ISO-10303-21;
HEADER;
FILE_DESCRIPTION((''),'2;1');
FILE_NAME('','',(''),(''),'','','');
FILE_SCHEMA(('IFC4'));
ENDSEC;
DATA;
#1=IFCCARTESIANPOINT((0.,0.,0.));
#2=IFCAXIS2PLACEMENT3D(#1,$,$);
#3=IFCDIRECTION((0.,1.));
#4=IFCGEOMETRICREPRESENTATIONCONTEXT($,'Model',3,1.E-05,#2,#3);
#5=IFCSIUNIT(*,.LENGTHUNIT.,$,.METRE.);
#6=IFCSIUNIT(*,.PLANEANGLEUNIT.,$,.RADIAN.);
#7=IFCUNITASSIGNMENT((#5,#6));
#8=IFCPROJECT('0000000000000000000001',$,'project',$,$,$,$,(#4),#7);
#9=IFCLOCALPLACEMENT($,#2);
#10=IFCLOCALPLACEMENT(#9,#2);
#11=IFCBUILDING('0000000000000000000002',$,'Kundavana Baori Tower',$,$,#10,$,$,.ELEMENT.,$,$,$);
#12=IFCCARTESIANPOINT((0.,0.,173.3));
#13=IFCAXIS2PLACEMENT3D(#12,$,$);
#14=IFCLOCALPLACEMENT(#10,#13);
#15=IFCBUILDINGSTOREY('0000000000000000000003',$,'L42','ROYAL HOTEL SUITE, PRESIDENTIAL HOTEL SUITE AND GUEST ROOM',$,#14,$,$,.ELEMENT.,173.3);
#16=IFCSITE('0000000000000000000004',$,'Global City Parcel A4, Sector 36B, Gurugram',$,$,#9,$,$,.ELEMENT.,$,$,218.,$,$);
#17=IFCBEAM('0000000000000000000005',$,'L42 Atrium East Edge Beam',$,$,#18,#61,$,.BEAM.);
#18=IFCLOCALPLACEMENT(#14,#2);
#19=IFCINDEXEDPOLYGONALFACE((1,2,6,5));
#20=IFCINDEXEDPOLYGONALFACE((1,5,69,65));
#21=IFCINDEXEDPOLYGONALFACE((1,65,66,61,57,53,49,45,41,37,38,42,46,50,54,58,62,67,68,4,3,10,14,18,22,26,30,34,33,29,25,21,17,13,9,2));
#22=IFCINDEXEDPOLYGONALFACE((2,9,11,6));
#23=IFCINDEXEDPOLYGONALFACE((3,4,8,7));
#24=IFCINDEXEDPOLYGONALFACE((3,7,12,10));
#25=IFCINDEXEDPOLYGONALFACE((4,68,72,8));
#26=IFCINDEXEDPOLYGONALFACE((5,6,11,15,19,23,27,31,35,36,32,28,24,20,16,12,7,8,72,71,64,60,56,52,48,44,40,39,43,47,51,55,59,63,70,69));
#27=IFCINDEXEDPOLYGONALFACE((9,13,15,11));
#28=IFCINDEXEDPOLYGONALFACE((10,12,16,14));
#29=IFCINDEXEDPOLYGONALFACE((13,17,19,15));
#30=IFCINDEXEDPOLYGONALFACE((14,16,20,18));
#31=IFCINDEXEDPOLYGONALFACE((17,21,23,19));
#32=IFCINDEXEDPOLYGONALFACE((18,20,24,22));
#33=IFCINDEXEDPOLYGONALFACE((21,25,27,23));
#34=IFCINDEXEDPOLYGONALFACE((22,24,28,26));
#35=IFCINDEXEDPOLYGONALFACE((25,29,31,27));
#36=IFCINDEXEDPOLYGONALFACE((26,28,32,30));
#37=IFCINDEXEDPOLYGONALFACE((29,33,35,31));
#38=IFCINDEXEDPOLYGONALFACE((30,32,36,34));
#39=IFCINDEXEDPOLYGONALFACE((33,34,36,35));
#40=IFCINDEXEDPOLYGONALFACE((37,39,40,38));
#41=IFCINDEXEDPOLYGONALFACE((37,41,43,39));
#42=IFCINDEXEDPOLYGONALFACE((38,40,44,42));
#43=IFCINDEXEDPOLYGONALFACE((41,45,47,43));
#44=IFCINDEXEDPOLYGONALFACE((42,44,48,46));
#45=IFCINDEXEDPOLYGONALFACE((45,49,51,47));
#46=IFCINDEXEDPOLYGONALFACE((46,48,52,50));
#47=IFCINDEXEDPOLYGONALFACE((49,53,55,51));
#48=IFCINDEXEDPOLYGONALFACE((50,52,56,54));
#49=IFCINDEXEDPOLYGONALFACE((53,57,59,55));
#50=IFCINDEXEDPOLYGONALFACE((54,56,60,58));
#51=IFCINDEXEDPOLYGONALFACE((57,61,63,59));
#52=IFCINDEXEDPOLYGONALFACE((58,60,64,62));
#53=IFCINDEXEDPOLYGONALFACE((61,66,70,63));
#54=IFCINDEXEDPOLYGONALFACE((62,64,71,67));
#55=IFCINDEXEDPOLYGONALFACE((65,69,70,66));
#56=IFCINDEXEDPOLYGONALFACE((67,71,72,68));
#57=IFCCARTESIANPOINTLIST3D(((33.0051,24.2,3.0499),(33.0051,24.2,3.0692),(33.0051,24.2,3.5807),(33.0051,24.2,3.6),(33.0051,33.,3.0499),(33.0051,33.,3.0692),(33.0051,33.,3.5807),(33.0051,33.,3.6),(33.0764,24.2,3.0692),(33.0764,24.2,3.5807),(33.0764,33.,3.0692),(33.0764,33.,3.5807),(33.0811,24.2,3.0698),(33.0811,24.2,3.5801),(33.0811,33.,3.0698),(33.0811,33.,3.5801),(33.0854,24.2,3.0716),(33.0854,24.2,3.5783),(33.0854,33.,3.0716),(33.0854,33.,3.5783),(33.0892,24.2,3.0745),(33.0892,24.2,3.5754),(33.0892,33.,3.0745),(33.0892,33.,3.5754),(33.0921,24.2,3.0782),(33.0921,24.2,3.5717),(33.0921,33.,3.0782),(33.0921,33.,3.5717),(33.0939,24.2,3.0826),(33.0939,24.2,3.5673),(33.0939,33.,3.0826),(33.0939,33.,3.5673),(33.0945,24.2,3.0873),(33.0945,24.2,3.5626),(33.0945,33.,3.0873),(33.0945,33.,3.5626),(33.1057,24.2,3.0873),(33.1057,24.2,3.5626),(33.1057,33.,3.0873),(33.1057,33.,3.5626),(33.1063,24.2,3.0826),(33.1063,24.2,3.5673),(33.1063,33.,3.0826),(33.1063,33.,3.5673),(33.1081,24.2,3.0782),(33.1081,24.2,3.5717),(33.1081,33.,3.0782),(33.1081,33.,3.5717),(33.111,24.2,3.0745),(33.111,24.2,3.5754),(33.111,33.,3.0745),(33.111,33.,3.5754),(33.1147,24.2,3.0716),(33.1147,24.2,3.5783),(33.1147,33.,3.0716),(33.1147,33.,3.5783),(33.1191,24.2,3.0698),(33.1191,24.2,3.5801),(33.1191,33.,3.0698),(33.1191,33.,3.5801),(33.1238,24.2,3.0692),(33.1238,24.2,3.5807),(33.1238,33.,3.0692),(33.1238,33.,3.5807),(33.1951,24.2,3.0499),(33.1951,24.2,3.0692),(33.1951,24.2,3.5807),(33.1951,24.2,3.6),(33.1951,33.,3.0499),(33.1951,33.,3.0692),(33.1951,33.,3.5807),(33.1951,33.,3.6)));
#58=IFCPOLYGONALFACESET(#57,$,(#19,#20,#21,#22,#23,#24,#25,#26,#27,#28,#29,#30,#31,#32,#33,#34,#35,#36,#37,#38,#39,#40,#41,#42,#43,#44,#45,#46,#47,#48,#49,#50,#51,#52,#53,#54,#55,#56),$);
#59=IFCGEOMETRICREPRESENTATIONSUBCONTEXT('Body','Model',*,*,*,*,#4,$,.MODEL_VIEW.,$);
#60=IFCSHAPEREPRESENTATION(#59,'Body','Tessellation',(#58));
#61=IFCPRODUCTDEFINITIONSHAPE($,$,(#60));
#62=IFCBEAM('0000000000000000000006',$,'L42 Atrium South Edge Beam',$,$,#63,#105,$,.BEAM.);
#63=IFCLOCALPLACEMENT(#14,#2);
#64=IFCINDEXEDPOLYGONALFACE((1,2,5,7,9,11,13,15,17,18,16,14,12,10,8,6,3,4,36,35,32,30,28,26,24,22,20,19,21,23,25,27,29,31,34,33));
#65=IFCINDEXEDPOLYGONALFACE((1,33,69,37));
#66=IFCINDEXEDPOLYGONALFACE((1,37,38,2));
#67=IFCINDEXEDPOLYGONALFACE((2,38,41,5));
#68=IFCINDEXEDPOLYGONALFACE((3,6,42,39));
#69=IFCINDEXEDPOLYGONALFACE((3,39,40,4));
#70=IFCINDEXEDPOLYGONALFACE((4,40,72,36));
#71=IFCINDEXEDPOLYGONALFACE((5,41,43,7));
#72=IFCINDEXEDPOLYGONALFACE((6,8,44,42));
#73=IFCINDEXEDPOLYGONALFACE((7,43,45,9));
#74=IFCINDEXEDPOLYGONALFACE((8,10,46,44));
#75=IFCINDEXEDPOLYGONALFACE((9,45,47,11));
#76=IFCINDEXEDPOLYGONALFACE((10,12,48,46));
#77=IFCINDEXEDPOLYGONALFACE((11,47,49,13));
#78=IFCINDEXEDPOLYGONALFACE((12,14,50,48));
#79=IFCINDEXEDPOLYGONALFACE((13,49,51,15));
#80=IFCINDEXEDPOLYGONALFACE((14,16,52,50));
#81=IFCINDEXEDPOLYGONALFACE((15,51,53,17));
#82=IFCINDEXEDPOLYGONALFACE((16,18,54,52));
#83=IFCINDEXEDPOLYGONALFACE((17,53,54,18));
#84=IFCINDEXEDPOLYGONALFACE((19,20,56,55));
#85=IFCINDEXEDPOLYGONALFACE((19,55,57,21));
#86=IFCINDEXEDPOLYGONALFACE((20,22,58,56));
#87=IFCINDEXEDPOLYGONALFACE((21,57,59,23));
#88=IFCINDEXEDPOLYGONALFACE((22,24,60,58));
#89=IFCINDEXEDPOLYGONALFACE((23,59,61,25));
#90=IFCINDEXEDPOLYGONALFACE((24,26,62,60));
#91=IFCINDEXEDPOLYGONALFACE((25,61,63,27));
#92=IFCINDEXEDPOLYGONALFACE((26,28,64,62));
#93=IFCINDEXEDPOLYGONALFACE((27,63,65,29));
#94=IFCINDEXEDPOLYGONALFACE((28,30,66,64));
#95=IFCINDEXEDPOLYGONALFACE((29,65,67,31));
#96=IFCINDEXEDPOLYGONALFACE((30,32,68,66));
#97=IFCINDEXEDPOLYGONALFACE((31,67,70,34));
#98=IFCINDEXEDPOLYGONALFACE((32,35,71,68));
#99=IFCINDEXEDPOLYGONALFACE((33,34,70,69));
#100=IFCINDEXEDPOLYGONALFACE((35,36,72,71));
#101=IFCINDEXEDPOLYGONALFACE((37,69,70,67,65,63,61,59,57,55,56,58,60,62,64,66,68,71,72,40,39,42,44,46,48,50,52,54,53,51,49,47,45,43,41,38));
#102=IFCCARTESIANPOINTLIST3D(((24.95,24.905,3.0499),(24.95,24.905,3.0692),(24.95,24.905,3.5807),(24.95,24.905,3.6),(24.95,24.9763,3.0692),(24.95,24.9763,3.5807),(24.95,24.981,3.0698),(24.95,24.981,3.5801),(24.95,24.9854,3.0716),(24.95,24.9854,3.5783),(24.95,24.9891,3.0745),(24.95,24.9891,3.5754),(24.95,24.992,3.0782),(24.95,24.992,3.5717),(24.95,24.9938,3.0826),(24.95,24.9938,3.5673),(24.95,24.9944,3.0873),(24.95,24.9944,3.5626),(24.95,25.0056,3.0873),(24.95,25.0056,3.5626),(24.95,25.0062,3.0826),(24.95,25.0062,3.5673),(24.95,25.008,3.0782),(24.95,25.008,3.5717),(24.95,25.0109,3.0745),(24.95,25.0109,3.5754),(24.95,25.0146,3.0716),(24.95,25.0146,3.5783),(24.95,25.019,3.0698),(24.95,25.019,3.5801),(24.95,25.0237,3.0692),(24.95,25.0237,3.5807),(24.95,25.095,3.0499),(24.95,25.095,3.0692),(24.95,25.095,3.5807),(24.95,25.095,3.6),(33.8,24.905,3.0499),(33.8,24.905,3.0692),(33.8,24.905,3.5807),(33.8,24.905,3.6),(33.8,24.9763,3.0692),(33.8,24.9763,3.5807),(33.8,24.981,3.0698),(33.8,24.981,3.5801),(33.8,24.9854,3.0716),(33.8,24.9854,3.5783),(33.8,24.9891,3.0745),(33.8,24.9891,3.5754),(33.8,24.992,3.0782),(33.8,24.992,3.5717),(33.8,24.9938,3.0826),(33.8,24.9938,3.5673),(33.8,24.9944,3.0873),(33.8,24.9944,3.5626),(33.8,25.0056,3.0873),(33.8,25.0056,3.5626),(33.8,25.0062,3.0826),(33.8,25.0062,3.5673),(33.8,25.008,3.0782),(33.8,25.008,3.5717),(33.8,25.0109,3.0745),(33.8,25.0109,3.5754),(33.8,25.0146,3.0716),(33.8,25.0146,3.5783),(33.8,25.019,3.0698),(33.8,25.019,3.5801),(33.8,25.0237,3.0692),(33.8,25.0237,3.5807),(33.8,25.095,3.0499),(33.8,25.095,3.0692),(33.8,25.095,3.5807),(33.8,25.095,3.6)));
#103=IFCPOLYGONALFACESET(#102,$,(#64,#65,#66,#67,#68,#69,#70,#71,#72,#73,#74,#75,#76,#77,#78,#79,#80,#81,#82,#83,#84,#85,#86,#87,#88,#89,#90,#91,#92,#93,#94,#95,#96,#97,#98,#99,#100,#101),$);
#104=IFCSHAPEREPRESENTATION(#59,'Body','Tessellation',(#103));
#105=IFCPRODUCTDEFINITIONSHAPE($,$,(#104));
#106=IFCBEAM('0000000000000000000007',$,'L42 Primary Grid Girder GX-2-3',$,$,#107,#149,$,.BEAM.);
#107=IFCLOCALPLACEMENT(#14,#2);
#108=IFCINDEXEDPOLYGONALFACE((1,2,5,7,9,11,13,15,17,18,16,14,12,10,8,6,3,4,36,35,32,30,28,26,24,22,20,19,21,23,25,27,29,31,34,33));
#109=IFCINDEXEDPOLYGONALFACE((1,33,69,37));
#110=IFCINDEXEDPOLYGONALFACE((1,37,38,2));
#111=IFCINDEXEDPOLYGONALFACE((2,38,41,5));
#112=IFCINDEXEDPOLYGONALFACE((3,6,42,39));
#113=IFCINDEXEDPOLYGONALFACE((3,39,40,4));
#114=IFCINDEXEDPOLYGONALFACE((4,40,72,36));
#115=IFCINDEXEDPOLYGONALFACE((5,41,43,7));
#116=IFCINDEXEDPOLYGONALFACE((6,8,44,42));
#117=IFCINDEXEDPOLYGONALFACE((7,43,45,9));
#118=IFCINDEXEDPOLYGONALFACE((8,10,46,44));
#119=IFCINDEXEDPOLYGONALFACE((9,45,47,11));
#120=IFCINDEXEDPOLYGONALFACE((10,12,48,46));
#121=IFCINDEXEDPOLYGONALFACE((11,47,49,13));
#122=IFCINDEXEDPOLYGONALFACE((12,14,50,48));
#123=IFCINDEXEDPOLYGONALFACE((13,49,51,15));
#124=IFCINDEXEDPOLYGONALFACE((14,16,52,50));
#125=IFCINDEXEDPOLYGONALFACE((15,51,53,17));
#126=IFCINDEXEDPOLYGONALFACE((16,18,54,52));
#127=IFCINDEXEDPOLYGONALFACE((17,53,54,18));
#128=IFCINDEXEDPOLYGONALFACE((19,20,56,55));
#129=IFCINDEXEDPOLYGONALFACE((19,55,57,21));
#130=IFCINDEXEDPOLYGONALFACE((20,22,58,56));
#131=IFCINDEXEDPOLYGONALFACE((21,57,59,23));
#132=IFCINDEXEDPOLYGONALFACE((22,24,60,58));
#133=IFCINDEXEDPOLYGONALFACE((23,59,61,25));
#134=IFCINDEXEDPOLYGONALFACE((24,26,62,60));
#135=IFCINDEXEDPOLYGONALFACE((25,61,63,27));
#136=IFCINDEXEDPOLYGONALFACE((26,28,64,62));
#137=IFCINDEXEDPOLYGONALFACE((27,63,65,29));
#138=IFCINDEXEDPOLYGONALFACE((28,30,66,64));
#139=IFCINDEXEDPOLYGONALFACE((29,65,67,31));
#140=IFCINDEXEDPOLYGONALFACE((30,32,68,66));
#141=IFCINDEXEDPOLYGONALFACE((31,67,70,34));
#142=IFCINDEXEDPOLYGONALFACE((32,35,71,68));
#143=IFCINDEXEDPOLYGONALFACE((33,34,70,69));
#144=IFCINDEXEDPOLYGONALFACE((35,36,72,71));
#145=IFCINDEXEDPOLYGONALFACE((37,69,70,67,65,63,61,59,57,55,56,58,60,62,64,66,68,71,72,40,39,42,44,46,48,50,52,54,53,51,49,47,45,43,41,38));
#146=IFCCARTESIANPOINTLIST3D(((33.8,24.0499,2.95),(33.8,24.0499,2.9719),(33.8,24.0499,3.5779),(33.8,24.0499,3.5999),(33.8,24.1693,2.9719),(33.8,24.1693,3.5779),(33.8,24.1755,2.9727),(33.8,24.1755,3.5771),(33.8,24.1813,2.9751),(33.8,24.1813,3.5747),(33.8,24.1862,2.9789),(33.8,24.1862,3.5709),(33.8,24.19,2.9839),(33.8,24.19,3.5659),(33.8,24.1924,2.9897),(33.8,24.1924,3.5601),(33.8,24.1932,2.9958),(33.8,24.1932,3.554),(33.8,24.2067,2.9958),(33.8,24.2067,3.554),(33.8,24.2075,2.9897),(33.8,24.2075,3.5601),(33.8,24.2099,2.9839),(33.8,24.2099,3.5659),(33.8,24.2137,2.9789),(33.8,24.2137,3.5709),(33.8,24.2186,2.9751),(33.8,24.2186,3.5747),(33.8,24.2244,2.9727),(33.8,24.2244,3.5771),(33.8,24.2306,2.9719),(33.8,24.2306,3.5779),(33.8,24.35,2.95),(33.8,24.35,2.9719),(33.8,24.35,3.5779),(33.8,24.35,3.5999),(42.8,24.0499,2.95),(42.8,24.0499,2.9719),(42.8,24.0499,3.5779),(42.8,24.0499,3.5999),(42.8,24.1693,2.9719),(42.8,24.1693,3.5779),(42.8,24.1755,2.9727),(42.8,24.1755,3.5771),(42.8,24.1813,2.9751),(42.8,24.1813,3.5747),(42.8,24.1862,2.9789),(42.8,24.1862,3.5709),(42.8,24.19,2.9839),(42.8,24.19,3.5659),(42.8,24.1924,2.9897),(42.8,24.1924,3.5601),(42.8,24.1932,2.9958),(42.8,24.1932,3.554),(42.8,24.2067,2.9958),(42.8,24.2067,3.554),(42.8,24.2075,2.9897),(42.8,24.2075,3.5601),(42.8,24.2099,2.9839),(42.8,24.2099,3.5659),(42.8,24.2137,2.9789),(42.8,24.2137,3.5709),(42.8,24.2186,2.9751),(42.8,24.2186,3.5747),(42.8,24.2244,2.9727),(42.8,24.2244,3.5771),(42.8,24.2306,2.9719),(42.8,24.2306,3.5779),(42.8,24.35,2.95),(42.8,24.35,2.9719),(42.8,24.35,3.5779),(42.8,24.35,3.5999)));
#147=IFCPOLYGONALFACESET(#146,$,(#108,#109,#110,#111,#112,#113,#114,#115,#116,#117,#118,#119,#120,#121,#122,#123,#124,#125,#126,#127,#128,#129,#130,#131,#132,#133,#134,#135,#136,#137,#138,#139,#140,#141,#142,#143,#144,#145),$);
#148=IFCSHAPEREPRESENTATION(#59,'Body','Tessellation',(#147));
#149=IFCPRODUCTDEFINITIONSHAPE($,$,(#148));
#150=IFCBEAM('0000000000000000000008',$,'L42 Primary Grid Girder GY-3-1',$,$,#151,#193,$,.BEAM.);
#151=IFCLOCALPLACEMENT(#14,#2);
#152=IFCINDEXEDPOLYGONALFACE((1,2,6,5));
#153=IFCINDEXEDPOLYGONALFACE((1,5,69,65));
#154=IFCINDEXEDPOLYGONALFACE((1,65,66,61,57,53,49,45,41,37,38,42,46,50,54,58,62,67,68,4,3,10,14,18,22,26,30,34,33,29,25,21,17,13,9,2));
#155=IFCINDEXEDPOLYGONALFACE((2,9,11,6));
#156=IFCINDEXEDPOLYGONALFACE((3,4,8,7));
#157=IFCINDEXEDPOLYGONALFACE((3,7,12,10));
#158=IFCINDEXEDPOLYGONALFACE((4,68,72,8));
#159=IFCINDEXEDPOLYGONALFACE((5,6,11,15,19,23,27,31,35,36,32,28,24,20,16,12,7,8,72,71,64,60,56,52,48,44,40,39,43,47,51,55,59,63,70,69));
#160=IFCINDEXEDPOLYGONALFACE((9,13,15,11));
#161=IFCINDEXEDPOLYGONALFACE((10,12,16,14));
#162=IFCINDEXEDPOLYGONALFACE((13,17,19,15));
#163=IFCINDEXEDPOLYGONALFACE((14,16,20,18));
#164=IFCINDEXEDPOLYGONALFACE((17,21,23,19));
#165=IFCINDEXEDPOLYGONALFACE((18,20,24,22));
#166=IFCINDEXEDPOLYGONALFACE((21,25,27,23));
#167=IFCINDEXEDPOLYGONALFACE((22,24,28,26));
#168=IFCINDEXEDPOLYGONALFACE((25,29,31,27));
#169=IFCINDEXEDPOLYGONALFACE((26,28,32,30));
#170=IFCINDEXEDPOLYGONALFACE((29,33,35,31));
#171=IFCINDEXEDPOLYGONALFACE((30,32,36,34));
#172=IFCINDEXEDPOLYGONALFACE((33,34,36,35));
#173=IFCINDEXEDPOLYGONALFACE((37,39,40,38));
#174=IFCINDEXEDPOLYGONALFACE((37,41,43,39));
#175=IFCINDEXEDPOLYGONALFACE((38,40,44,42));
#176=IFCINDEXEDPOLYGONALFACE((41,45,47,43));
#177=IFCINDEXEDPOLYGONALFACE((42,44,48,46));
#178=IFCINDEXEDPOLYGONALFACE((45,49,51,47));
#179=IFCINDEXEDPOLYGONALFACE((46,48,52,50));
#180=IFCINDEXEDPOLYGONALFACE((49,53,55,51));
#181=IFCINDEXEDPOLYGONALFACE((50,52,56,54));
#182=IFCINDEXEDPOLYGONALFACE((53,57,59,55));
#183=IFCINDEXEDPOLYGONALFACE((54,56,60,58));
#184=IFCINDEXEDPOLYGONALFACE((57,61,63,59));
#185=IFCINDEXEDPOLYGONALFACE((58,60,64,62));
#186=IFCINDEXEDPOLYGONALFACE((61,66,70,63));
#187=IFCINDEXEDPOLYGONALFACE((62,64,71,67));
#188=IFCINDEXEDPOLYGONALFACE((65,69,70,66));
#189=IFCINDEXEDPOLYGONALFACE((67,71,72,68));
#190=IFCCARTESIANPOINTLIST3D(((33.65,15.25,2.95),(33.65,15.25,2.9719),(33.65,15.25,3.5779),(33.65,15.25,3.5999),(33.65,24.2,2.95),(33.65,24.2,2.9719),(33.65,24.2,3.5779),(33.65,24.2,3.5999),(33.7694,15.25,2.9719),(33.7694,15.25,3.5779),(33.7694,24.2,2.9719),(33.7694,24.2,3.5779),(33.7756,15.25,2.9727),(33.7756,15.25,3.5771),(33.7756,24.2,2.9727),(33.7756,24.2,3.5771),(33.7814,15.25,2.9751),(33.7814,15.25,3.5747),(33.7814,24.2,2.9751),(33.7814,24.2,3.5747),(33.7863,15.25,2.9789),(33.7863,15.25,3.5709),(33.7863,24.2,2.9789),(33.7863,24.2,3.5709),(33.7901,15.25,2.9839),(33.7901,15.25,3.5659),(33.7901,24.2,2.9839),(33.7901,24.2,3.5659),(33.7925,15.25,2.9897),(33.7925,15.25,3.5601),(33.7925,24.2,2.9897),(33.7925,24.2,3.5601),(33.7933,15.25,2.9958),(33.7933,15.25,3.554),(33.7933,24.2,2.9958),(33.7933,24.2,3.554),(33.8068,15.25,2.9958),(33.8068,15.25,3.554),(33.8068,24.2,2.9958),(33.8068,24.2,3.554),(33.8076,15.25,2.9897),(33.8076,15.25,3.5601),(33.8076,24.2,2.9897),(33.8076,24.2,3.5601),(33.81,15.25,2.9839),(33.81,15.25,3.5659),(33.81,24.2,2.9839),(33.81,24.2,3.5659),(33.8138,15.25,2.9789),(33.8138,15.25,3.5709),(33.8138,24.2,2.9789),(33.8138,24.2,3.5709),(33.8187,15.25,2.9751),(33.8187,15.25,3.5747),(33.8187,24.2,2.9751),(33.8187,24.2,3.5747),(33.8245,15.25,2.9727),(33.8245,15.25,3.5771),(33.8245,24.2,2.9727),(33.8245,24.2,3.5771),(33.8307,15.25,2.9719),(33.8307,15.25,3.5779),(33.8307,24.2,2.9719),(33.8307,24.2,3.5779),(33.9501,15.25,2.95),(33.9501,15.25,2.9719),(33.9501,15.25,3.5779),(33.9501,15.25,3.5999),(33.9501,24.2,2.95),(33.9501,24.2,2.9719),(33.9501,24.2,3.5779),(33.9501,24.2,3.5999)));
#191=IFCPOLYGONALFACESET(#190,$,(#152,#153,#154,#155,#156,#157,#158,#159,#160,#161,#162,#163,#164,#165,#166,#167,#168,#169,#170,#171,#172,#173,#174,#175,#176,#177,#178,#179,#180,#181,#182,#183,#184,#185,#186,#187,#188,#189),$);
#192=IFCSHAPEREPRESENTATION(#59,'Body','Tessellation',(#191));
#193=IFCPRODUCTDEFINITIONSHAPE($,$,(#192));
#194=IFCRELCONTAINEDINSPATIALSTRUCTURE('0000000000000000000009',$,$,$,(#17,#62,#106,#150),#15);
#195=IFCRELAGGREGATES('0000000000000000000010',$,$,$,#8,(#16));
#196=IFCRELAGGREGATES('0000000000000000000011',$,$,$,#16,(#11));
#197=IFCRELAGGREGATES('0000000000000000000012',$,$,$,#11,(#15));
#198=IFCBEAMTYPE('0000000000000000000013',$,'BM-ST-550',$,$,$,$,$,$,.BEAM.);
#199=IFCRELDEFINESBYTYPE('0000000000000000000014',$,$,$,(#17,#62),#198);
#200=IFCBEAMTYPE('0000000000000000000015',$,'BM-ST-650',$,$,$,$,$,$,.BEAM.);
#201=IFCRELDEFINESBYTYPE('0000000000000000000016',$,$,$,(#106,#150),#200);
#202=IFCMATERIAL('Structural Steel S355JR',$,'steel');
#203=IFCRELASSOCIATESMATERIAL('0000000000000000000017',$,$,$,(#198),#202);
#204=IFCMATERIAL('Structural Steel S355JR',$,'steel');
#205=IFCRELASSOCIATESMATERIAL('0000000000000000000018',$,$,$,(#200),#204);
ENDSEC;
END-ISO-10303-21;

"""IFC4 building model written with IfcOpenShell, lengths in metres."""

from ifc_helpers import new_model, si_unit, direction, frame, origin, origin_2d, place, context, subcontext, project, spatial, i_section, extrude, material, material_profile, profile_set, type_object, element, save


model = new_model("IFC4")

# Units and contexts
model_context = context("Model", 3, precision=1e-05, world=origin(), true_north=direction((0.0, 1.0)))
body_context = subcontext(model_context, "Body", "Model", "MODEL_VIEW")
ifc_project = project(units=[si_unit("LENGTHUNIT", "METRE"), si_unit("PLANEANGLEUNIT", "RADIAN")], contexts=[model_context])

# Site, building, storey
site_placement = place(None, origin())
site = spatial("IfcSite", under=ifc_project, at=site_placement, Name="Global City Parcel A4, Sector 36B, Gurugram", CompositionType="ELEMENT", RefElevation=218.0)
building_placement = place(site_placement, origin())
building = spatial("IfcBuilding", under=site, at=building_placement, Name="Kundavana Baori Tower", CompositionType="ELEMENT")
storey_placement = place(building_placement, frame((0.0, 0.0, 173.3)))
storey = spatial("IfcBuildingStorey", under=building, at=storey_placement, Name="L42", Description="ROYAL HOTEL SUITE, PRESIDENTIAL HOTEL SUITE AND GUEST ROOM", CompositionType="ELEMENT", Elevation=173.3)

# Beams
ifc_material_1 = material(Name="Structural Steel S355JR", Category="steel")
ifc_material_profile_1 = material_profile(ifc_material_1, i_section(OverallWidth=0.1899, OverallDepth=0.55, WebThickness=0.0112, FlangeThickness=0.0193, FilletRadius=0.0181, at=origin_2d()), Name="ISMB 550")
ifc_profile_set_1 = profile_set([ifc_material_profile_1], Name="Structural Steel S355JR")
beam_type_1 = type_object("IfcBeamType", Name="BM-ST-550", PredefinedType="BEAM", material=ifc_profile_set_1)
for number, where, z_axis, x_axis, name in (
    (1, (33.1001, 24.2, 3.325), (0.0, 1.0, 0.0), (-1.0, 0.0, 0.0), "L42 Atrium East Edge Beam"),
):
    element("IfcBeam", number, at=place(storey_placement, frame(where, z_axis=z_axis, x_axis=x_axis)), inside=storey, type_object=beam_type_1, Name=name, PredefinedType="BEAM", context=body_context, shape_type="SweptSolid", body=[
        extrude(i_section(OverallWidth=0.1899, OverallDepth=0.55, WebThickness=0.0112, FlangeThickness=0.0193, FilletRadius=0.0181, at=origin_2d()), origin(), (0.0, 0.0, 1.0), 8.8),
    ])
beam_1_placement = place(storey_placement, frame((24.95, 25.0, 3.325), z_axis=(1.0, 0.0, 0.0), x_axis=(0.0, 1.0, 0.0)))
element("IfcBeam", 2, at=beam_1_placement, inside=storey, type_object=beam_type_1, Name="L42 Atrium South Edge Beam", PredefinedType="BEAM", context=body_context, shape_type="SweptSolid", body=[
    extrude(i_section(OverallWidth=0.1899, OverallDepth=0.55, WebThickness=0.0112, FlangeThickness=0.0193, FilletRadius=0.0181, at=origin_2d()), origin(), (0.0, 0.0, 1.0), 8.8501),
])
ifc_material_2 = material(Name="Structural Steel S355JR", Category="steel")
ifc_material_profile_2 = material_profile(ifc_material_2, i_section(OverallWidth=0.3, OverallDepth=0.6499, WebThickness=0.0134, FlangeThickness=0.022, FilletRadius=0.0239, at=origin_2d()), Name="NPB 650x300x155")
ifc_profile_set_2 = profile_set([ifc_material_profile_2], Name="Structural Steel S355JR")
beam_type_2 = type_object("IfcBeamType", Name="BM-ST-650", PredefinedType="BEAM", material=ifc_profile_set_2)
beam_2_placement = place(storey_placement, frame((33.8, 24.2, 3.2749), z_axis=(1.0, 0.0, 0.0), x_axis=(0.0, 1.0, 0.0)))
element("IfcBeam", 3, at=beam_2_placement, inside=storey, type_object=beam_type_2, Name="L42 Primary Grid Girder GX-2-3", PredefinedType="BEAM", context=body_context, shape_type="SweptSolid", body=[
    extrude(i_section(OverallWidth=0.3, OverallDepth=0.6499, WebThickness=0.0134, FlangeThickness=0.022, FilletRadius=0.0239, at=origin_2d()), origin(), (0.0, 0.0, 1.0), 9.0),
])
beam_3_placement = place(storey_placement, frame((33.8, 15.25, 3.2749), z_axis=(0.0, 1.0, 0.0), x_axis=(-1.0, 0.0, 0.0)))
element("IfcBeam", 4, at=beam_3_placement, inside=storey, type_object=beam_type_2, Name="L42 Primary Grid Girder GY-3-1", PredefinedType="BEAM", context=body_context, shape_type="SweptSolid", body=[
    extrude(i_section(OverallWidth=0.3, OverallDepth=0.6499, WebThickness=0.0134, FlangeThickness=0.022, FilletRadius=0.0239, at=origin_2d()), origin(), (0.0, 0.0, 1.0), 8.95),
])

save(model, "model.ifc")
